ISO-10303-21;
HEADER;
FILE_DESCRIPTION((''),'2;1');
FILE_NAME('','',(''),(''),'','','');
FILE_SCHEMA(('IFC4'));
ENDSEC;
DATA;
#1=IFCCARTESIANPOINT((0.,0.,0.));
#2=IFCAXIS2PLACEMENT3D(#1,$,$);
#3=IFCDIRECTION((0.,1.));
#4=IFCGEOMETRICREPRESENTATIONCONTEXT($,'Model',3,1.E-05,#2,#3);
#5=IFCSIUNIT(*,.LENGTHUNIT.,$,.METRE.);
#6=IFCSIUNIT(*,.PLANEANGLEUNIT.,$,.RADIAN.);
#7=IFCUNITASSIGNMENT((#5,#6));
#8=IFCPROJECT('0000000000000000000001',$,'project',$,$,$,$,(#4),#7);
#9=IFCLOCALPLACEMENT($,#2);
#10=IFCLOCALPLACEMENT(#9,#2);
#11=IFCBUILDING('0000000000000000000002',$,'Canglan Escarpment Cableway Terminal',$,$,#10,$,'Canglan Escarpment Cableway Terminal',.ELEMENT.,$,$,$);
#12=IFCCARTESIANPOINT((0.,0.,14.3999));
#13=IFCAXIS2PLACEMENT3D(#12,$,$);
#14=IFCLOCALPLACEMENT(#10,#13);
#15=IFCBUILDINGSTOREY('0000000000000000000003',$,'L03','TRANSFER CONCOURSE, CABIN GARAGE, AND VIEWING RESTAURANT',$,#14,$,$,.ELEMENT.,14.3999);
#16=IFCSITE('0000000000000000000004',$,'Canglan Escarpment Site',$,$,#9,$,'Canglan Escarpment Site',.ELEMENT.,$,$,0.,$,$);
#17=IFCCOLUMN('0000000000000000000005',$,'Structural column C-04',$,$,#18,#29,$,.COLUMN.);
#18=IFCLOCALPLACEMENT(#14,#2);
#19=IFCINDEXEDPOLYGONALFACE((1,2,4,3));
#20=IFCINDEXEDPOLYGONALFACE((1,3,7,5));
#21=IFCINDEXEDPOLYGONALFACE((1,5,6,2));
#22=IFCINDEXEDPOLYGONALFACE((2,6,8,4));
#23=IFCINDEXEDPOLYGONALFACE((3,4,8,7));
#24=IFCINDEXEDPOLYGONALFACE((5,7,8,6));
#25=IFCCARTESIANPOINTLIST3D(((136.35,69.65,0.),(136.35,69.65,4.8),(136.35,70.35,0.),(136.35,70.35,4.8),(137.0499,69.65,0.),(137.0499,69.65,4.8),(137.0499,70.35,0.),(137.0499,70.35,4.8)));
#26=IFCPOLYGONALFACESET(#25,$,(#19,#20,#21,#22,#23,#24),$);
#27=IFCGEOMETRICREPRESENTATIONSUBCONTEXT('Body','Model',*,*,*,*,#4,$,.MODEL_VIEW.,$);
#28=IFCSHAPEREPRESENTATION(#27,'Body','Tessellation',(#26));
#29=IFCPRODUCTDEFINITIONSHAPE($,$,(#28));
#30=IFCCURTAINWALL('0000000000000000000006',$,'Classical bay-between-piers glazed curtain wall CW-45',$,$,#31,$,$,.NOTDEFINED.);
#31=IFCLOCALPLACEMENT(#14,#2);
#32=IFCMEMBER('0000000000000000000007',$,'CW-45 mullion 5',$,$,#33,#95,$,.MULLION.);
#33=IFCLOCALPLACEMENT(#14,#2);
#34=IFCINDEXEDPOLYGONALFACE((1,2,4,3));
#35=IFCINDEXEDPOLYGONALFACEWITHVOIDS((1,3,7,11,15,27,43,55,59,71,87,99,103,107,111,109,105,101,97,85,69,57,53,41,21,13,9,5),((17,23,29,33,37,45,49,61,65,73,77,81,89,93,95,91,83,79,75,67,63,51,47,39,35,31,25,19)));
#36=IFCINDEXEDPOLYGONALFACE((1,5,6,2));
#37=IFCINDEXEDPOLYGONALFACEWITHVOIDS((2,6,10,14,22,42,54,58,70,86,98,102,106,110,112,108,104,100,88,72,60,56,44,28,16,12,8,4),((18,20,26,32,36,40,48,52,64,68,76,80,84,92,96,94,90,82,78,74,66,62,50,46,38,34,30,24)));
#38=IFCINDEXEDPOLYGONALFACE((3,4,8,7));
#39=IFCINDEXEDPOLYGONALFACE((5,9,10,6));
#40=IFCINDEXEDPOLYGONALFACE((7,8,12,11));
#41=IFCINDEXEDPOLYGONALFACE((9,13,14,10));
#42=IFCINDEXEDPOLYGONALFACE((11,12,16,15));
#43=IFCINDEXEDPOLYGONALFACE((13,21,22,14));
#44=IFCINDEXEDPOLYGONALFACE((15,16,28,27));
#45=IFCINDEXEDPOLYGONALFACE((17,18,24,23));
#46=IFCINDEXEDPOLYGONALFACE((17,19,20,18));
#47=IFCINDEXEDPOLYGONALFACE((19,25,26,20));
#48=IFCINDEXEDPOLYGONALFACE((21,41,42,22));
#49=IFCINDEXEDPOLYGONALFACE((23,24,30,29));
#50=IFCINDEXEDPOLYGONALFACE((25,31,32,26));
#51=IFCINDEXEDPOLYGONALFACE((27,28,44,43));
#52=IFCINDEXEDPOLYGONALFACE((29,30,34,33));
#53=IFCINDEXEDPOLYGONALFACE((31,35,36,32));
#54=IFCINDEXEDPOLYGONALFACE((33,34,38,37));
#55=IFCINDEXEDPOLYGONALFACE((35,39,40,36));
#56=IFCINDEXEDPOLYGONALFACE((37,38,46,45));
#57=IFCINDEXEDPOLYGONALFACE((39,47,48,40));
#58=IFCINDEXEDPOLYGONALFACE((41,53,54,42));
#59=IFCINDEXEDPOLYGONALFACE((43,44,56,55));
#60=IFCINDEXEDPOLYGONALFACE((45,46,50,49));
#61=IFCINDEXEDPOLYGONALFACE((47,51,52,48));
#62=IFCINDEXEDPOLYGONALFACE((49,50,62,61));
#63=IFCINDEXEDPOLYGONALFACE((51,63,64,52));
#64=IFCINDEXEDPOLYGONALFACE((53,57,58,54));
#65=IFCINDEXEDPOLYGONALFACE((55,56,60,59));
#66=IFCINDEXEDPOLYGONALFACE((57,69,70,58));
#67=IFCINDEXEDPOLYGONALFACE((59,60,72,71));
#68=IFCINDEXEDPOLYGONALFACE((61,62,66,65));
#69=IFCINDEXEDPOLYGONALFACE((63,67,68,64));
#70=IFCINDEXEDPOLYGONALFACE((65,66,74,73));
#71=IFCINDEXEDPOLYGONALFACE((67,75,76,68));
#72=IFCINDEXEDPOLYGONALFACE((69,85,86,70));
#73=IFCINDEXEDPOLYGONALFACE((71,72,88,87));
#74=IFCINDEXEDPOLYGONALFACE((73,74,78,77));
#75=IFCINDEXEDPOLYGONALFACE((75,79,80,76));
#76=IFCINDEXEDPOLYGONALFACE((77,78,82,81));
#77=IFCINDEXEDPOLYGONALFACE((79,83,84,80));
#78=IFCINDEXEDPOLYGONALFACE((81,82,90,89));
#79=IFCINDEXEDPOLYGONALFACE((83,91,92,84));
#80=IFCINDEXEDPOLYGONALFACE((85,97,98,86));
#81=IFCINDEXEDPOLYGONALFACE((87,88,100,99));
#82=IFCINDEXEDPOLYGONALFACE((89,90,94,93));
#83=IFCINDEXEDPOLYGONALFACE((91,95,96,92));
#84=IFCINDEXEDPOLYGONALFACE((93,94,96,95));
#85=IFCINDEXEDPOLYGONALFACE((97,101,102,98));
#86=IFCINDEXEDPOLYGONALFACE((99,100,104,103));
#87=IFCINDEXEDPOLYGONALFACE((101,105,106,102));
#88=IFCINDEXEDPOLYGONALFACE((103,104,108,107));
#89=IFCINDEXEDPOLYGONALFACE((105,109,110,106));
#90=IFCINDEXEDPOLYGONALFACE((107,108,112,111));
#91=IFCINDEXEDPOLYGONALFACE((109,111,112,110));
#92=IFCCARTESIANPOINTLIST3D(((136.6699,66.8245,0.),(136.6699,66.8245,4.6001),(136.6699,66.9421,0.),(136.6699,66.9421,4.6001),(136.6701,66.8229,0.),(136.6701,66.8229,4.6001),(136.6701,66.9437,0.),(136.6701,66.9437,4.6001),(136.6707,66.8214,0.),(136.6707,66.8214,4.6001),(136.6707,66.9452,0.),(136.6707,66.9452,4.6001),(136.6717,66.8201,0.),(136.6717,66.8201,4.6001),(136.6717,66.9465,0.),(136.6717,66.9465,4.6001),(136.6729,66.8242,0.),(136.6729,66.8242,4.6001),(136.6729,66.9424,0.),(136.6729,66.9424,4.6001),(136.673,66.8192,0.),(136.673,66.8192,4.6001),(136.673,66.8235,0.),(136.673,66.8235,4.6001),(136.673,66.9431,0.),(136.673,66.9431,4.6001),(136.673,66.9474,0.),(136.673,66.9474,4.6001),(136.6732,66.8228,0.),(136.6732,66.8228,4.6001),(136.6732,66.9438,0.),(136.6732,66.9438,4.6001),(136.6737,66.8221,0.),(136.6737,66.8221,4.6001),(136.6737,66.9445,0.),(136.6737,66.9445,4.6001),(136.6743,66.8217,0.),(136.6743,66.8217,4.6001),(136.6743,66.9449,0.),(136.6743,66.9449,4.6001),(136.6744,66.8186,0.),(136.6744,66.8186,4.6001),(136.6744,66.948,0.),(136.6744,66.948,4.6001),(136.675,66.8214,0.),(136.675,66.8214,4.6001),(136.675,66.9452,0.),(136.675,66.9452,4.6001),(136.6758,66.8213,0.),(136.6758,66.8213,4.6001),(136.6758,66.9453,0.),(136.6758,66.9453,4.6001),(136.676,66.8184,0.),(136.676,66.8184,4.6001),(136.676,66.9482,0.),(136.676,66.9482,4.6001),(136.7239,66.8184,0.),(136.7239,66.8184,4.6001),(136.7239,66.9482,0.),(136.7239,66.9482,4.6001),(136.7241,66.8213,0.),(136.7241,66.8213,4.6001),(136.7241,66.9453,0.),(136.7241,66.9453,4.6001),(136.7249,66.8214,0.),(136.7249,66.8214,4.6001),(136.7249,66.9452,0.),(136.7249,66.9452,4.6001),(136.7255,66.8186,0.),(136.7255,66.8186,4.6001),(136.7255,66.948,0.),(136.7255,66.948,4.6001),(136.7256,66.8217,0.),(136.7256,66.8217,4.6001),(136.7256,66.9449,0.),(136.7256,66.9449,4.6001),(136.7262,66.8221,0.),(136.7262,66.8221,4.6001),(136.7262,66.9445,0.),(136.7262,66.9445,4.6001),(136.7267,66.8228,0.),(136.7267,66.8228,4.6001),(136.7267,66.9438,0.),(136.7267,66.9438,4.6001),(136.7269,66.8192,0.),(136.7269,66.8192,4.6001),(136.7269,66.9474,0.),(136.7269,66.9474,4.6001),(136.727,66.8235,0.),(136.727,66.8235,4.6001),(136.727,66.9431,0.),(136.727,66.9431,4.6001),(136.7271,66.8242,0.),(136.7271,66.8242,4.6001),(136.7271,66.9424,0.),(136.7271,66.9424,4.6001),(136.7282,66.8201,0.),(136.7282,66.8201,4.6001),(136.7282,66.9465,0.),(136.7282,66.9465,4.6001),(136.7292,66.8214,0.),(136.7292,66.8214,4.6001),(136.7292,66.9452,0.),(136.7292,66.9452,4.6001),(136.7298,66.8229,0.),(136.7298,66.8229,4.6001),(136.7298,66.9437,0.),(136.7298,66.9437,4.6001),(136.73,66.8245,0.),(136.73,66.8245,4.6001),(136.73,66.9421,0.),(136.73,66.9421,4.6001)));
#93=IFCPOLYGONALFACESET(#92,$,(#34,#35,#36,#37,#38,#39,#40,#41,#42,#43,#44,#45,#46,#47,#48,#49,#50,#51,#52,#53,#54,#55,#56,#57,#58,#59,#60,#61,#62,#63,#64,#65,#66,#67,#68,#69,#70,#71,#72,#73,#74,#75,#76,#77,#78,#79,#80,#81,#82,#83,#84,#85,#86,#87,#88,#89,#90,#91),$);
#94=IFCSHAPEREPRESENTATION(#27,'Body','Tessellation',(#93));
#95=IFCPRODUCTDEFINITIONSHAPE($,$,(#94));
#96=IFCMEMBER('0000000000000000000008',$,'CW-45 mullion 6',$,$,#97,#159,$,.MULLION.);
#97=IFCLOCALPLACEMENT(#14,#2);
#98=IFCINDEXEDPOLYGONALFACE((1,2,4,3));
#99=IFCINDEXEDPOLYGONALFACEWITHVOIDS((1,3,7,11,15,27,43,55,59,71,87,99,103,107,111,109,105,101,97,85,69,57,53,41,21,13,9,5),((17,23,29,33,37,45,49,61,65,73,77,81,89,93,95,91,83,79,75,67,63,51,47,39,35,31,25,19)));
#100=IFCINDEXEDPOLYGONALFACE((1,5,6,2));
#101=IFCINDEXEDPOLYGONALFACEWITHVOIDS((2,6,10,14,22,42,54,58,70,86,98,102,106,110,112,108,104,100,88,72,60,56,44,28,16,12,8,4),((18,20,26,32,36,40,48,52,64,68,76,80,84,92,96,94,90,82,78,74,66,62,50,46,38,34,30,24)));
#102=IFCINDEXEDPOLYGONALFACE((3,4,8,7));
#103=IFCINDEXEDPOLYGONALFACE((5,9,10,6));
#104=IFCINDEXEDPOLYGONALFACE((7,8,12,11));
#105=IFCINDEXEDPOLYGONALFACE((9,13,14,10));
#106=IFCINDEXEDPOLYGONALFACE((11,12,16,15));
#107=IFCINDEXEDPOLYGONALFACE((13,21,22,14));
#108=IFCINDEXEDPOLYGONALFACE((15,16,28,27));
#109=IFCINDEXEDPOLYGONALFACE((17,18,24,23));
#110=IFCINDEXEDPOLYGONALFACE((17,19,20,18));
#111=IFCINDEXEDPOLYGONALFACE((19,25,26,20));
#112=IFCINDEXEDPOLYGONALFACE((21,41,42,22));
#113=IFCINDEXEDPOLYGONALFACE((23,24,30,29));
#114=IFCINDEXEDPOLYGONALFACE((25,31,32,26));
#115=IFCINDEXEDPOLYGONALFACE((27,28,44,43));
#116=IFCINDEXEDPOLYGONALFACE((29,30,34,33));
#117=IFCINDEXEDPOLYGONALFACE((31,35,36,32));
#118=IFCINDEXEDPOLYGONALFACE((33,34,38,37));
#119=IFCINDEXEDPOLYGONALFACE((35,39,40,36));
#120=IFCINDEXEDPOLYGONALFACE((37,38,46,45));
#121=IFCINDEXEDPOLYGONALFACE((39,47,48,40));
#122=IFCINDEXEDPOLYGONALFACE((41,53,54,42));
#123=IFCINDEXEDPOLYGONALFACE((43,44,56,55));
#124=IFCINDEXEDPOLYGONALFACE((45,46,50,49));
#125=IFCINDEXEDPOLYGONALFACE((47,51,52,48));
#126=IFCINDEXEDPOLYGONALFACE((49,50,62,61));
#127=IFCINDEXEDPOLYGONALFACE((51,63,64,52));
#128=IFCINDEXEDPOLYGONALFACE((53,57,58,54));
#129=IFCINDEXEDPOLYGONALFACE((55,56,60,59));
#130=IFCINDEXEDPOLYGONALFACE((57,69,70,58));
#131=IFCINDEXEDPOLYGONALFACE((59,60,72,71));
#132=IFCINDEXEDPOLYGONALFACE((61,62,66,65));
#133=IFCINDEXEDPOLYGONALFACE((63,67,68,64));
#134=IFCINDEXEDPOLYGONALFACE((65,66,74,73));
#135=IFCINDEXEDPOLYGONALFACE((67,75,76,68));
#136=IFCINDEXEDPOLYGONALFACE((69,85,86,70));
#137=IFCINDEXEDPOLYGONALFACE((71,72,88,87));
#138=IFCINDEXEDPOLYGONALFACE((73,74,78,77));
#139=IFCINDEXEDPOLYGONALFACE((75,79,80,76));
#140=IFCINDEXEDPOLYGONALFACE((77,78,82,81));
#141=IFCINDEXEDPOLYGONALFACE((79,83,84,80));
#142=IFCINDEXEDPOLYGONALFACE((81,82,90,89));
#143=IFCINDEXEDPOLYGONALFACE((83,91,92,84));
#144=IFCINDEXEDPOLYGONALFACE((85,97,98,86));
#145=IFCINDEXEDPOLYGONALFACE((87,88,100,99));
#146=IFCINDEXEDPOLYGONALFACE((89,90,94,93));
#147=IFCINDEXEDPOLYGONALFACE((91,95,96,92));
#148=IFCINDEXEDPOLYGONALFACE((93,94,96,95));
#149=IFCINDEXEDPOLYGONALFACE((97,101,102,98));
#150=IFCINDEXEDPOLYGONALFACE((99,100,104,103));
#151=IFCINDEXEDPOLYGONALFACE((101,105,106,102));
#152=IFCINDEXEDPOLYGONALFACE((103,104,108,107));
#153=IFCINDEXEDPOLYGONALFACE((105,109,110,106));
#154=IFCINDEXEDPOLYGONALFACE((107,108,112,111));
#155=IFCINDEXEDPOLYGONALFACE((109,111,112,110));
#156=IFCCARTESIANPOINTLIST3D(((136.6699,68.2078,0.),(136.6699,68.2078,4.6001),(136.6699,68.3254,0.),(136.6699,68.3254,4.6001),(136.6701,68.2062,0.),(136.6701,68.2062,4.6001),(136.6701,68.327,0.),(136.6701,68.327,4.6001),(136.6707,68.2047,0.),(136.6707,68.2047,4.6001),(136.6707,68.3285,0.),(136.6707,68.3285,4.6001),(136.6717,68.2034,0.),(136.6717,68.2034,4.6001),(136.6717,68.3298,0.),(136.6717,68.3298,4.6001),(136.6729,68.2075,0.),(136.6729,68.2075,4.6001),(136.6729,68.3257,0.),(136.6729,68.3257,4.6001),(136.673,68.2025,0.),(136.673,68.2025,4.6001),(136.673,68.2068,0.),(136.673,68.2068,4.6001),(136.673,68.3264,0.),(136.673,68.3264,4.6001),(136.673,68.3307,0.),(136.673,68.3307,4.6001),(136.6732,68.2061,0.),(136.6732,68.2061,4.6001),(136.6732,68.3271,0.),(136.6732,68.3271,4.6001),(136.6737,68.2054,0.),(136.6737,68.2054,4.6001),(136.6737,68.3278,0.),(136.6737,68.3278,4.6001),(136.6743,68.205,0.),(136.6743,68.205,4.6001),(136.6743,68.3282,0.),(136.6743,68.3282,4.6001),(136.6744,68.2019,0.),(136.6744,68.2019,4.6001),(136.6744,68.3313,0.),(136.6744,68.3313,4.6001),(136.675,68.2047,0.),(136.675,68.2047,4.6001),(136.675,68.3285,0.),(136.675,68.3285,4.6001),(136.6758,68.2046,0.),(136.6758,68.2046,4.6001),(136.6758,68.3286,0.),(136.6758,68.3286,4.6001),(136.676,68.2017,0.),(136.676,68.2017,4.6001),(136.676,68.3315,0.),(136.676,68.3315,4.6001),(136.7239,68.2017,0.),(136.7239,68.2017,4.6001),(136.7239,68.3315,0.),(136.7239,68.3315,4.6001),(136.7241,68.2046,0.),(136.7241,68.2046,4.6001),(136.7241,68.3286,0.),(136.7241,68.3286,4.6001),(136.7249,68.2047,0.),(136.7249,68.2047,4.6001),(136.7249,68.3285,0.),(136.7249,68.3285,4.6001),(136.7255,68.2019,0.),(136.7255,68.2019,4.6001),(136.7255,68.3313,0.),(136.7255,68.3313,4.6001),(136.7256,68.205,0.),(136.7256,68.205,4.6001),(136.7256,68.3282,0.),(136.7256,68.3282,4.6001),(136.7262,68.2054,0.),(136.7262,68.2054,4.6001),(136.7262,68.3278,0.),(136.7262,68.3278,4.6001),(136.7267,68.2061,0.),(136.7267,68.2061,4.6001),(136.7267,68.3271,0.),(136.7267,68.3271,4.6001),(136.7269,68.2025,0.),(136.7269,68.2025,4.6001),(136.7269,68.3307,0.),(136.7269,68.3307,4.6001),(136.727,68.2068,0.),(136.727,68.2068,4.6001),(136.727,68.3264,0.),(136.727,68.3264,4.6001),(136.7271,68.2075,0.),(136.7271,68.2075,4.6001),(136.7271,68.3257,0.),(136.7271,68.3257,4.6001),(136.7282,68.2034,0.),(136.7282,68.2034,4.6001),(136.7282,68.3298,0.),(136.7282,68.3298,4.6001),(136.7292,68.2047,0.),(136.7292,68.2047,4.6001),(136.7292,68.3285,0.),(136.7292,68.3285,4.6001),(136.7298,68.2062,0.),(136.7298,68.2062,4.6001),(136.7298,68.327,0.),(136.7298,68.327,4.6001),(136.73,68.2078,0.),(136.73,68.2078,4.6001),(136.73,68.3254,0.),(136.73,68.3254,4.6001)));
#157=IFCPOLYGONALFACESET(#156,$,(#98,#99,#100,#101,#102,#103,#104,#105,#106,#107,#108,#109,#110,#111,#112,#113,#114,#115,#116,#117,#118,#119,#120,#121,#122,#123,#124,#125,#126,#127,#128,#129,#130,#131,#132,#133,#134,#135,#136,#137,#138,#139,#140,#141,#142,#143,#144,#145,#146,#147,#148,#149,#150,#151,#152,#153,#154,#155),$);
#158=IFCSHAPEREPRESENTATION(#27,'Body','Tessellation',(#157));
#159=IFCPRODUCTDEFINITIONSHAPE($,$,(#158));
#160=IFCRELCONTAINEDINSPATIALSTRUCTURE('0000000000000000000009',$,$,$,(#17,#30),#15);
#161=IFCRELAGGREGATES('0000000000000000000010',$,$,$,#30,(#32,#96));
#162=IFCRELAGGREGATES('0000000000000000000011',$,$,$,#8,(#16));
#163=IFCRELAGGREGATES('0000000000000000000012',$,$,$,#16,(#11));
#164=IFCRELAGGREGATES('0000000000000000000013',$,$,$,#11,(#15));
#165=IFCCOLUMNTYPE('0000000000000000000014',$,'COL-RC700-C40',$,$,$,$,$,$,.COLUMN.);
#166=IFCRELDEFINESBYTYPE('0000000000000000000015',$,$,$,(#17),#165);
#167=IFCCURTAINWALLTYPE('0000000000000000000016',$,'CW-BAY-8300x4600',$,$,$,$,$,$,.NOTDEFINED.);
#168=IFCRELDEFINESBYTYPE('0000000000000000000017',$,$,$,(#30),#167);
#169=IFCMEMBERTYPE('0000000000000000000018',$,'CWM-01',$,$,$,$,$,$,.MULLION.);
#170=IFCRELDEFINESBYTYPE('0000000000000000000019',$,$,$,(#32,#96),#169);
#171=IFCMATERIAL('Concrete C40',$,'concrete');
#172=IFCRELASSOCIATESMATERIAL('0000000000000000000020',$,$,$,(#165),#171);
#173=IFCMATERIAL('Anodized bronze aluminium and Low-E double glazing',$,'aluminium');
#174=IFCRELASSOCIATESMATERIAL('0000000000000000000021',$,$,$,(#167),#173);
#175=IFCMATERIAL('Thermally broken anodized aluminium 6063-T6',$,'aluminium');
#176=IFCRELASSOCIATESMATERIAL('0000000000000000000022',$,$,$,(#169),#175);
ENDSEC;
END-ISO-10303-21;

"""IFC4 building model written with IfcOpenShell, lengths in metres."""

from ifc_helpers import new_model, si_unit, direction, frame, origin, origin_2d, place, context, subcontext, project, spatial, rectangle, hollow_rectangle, extrude, material, material_profile, profile_set, type_object, element, aggregate, save


model = new_model("IFC4")

# Units and contexts
model_context = context("Model", 3, precision=1e-05, world=origin(), true_north=direction((0.0, 1.0)))
body_context = subcontext(model_context, "Body", "Model", "MODEL_VIEW")
ifc_project = project(units=[si_unit("LENGTHUNIT", "METRE"), si_unit("PLANEANGLEUNIT", "RADIAN")], contexts=[model_context])

# Site, building, storey
site_placement = place(None, origin())
site = spatial("IfcSite", under=ifc_project, at=site_placement, Name="Canglan Escarpment Site", LongName="Canglan Escarpment Site", CompositionType="ELEMENT", RefElevation=0.0)
building_placement = place(site_placement, origin())
building = spatial("IfcBuilding", under=site, at=building_placement, Name="Canglan Escarpment Cableway Terminal", LongName="Canglan Escarpment Cableway Terminal", CompositionType="ELEMENT")
storey_placement = place(building_placement, frame((0.0, 0.0, 14.3999)))
storey = spatial("IfcBuildingStorey", under=building, at=storey_placement, Name="L03", Description="TRANSFER CONCOURSE, CABIN GARAGE, AND VIEWING RESTAURANT", CompositionType="ELEMENT", Elevation=14.3999)

# Column
ifc_material_1 = material(Name="Concrete C40", Category="concrete")
ifc_material_profile_1 = material_profile(ifc_material_1, rectangle(XDim=0.7, YDim=0.7, at=origin_2d()), Name="RC 700x700")
ifc_profile_set_1 = profile_set([ifc_material_profile_1], Name="Concrete C40")
column_type = type_object("IfcColumnType", Name="COL-RC700-C40", PredefinedType="COLUMN", material=ifc_profile_set_1)
column_placement = place(storey_placement, frame((136.7, 70.0, 0.0), z_axis=(0.0, 0.0, 1.0), x_axis=(1.0, 0.0, 0.0)))
element("IfcColumn", 1, at=column_placement, inside=storey, type_object=column_type, Name="Structural column C-04", PredefinedType="COLUMN", context=body_context, shape_type="SweptSolid", body=[
    extrude(rectangle(XDim=0.7, YDim=0.7, at=origin_2d()), origin(), (0.0, 0.0, 1.0), 4.8),
])

# Curtain wall, members
ifc_material_2 = material(Name="Anodized bronze aluminium and Low-E double glazing", Category="aluminium")
curtain_wall_type = type_object("IfcCurtainWallType", Name="CW-BAY-8300x4600", PredefinedType="NOTDEFINED", material=ifc_material_2)
curtain_wall_placement = place(storey_placement, origin())
curtain_wall = element("IfcCurtainWall", 2, at=curtain_wall_placement, inside=storey, type_object=curtain_wall_type, Name="Classical bay-between-piers glazed curtain wall CW-45", PredefinedType="NOTDEFINED")
ifc_material_3 = material(Name="Thermally broken anodized aluminium 6063-T6", Category="aluminium")
ifc_material_profile_2 = material_profile(ifc_material_3, hollow_rectangle(XDim=0.0601, YDim=0.1299, WallThickness=0.0029, InnerFilletRadius=0.0029, OuterFilletRadius=0.0061, at=origin_2d()), Name="ALU-MULL 60x130x3")
ifc_profile_set_2 = profile_set([ifc_material_profile_2], Name="Thermally broken anodized aluminium 6063-T6")
member_type_1 = type_object("IfcMemberType", Name="CWM-01", PredefinedType="MULLION", material=ifc_profile_set_2)
member_1_placement = place(storey_placement, frame((136.7, 66.8833, 0.0), z_axis=(0.0, 0.0, 1.0), x_axis=(-1.0, 0.0, 0.0)))
member_1 = element("IfcMember", 3, at=member_1_placement, type_object=member_type_1, Name="CW-45 mullion 5", PredefinedType="MULLION", context=body_context, shape_type="SweptSolid", body=[
    extrude(hollow_rectangle(XDim=0.0601, YDim=0.1299, WallThickness=0.0029, InnerFilletRadius=0.0029, OuterFilletRadius=0.0061, at=origin_2d()), origin(), (0.0, 0.0, 1.0), 4.6001),
])
member_2_placement = place(storey_placement, frame((136.7, 68.2666, 0.0), z_axis=(0.0, 0.0, 1.0), x_axis=(-1.0, 0.0, 0.0)))
member_2 = element("IfcMember", 4, at=member_2_placement, type_object=member_type_1, Name="CW-45 mullion 6", PredefinedType="MULLION", context=body_context, shape_type="SweptSolid", body=[
    extrude(hollow_rectangle(XDim=0.0601, YDim=0.1299, WallThickness=0.0029, InnerFilletRadius=0.0029, OuterFilletRadius=0.0061, at=origin_2d()), origin(), (0.0, 0.0, 1.0), 4.6001),
])

aggregate(curtain_wall, [member_1, member_2])

save(model, "model.ifc")
